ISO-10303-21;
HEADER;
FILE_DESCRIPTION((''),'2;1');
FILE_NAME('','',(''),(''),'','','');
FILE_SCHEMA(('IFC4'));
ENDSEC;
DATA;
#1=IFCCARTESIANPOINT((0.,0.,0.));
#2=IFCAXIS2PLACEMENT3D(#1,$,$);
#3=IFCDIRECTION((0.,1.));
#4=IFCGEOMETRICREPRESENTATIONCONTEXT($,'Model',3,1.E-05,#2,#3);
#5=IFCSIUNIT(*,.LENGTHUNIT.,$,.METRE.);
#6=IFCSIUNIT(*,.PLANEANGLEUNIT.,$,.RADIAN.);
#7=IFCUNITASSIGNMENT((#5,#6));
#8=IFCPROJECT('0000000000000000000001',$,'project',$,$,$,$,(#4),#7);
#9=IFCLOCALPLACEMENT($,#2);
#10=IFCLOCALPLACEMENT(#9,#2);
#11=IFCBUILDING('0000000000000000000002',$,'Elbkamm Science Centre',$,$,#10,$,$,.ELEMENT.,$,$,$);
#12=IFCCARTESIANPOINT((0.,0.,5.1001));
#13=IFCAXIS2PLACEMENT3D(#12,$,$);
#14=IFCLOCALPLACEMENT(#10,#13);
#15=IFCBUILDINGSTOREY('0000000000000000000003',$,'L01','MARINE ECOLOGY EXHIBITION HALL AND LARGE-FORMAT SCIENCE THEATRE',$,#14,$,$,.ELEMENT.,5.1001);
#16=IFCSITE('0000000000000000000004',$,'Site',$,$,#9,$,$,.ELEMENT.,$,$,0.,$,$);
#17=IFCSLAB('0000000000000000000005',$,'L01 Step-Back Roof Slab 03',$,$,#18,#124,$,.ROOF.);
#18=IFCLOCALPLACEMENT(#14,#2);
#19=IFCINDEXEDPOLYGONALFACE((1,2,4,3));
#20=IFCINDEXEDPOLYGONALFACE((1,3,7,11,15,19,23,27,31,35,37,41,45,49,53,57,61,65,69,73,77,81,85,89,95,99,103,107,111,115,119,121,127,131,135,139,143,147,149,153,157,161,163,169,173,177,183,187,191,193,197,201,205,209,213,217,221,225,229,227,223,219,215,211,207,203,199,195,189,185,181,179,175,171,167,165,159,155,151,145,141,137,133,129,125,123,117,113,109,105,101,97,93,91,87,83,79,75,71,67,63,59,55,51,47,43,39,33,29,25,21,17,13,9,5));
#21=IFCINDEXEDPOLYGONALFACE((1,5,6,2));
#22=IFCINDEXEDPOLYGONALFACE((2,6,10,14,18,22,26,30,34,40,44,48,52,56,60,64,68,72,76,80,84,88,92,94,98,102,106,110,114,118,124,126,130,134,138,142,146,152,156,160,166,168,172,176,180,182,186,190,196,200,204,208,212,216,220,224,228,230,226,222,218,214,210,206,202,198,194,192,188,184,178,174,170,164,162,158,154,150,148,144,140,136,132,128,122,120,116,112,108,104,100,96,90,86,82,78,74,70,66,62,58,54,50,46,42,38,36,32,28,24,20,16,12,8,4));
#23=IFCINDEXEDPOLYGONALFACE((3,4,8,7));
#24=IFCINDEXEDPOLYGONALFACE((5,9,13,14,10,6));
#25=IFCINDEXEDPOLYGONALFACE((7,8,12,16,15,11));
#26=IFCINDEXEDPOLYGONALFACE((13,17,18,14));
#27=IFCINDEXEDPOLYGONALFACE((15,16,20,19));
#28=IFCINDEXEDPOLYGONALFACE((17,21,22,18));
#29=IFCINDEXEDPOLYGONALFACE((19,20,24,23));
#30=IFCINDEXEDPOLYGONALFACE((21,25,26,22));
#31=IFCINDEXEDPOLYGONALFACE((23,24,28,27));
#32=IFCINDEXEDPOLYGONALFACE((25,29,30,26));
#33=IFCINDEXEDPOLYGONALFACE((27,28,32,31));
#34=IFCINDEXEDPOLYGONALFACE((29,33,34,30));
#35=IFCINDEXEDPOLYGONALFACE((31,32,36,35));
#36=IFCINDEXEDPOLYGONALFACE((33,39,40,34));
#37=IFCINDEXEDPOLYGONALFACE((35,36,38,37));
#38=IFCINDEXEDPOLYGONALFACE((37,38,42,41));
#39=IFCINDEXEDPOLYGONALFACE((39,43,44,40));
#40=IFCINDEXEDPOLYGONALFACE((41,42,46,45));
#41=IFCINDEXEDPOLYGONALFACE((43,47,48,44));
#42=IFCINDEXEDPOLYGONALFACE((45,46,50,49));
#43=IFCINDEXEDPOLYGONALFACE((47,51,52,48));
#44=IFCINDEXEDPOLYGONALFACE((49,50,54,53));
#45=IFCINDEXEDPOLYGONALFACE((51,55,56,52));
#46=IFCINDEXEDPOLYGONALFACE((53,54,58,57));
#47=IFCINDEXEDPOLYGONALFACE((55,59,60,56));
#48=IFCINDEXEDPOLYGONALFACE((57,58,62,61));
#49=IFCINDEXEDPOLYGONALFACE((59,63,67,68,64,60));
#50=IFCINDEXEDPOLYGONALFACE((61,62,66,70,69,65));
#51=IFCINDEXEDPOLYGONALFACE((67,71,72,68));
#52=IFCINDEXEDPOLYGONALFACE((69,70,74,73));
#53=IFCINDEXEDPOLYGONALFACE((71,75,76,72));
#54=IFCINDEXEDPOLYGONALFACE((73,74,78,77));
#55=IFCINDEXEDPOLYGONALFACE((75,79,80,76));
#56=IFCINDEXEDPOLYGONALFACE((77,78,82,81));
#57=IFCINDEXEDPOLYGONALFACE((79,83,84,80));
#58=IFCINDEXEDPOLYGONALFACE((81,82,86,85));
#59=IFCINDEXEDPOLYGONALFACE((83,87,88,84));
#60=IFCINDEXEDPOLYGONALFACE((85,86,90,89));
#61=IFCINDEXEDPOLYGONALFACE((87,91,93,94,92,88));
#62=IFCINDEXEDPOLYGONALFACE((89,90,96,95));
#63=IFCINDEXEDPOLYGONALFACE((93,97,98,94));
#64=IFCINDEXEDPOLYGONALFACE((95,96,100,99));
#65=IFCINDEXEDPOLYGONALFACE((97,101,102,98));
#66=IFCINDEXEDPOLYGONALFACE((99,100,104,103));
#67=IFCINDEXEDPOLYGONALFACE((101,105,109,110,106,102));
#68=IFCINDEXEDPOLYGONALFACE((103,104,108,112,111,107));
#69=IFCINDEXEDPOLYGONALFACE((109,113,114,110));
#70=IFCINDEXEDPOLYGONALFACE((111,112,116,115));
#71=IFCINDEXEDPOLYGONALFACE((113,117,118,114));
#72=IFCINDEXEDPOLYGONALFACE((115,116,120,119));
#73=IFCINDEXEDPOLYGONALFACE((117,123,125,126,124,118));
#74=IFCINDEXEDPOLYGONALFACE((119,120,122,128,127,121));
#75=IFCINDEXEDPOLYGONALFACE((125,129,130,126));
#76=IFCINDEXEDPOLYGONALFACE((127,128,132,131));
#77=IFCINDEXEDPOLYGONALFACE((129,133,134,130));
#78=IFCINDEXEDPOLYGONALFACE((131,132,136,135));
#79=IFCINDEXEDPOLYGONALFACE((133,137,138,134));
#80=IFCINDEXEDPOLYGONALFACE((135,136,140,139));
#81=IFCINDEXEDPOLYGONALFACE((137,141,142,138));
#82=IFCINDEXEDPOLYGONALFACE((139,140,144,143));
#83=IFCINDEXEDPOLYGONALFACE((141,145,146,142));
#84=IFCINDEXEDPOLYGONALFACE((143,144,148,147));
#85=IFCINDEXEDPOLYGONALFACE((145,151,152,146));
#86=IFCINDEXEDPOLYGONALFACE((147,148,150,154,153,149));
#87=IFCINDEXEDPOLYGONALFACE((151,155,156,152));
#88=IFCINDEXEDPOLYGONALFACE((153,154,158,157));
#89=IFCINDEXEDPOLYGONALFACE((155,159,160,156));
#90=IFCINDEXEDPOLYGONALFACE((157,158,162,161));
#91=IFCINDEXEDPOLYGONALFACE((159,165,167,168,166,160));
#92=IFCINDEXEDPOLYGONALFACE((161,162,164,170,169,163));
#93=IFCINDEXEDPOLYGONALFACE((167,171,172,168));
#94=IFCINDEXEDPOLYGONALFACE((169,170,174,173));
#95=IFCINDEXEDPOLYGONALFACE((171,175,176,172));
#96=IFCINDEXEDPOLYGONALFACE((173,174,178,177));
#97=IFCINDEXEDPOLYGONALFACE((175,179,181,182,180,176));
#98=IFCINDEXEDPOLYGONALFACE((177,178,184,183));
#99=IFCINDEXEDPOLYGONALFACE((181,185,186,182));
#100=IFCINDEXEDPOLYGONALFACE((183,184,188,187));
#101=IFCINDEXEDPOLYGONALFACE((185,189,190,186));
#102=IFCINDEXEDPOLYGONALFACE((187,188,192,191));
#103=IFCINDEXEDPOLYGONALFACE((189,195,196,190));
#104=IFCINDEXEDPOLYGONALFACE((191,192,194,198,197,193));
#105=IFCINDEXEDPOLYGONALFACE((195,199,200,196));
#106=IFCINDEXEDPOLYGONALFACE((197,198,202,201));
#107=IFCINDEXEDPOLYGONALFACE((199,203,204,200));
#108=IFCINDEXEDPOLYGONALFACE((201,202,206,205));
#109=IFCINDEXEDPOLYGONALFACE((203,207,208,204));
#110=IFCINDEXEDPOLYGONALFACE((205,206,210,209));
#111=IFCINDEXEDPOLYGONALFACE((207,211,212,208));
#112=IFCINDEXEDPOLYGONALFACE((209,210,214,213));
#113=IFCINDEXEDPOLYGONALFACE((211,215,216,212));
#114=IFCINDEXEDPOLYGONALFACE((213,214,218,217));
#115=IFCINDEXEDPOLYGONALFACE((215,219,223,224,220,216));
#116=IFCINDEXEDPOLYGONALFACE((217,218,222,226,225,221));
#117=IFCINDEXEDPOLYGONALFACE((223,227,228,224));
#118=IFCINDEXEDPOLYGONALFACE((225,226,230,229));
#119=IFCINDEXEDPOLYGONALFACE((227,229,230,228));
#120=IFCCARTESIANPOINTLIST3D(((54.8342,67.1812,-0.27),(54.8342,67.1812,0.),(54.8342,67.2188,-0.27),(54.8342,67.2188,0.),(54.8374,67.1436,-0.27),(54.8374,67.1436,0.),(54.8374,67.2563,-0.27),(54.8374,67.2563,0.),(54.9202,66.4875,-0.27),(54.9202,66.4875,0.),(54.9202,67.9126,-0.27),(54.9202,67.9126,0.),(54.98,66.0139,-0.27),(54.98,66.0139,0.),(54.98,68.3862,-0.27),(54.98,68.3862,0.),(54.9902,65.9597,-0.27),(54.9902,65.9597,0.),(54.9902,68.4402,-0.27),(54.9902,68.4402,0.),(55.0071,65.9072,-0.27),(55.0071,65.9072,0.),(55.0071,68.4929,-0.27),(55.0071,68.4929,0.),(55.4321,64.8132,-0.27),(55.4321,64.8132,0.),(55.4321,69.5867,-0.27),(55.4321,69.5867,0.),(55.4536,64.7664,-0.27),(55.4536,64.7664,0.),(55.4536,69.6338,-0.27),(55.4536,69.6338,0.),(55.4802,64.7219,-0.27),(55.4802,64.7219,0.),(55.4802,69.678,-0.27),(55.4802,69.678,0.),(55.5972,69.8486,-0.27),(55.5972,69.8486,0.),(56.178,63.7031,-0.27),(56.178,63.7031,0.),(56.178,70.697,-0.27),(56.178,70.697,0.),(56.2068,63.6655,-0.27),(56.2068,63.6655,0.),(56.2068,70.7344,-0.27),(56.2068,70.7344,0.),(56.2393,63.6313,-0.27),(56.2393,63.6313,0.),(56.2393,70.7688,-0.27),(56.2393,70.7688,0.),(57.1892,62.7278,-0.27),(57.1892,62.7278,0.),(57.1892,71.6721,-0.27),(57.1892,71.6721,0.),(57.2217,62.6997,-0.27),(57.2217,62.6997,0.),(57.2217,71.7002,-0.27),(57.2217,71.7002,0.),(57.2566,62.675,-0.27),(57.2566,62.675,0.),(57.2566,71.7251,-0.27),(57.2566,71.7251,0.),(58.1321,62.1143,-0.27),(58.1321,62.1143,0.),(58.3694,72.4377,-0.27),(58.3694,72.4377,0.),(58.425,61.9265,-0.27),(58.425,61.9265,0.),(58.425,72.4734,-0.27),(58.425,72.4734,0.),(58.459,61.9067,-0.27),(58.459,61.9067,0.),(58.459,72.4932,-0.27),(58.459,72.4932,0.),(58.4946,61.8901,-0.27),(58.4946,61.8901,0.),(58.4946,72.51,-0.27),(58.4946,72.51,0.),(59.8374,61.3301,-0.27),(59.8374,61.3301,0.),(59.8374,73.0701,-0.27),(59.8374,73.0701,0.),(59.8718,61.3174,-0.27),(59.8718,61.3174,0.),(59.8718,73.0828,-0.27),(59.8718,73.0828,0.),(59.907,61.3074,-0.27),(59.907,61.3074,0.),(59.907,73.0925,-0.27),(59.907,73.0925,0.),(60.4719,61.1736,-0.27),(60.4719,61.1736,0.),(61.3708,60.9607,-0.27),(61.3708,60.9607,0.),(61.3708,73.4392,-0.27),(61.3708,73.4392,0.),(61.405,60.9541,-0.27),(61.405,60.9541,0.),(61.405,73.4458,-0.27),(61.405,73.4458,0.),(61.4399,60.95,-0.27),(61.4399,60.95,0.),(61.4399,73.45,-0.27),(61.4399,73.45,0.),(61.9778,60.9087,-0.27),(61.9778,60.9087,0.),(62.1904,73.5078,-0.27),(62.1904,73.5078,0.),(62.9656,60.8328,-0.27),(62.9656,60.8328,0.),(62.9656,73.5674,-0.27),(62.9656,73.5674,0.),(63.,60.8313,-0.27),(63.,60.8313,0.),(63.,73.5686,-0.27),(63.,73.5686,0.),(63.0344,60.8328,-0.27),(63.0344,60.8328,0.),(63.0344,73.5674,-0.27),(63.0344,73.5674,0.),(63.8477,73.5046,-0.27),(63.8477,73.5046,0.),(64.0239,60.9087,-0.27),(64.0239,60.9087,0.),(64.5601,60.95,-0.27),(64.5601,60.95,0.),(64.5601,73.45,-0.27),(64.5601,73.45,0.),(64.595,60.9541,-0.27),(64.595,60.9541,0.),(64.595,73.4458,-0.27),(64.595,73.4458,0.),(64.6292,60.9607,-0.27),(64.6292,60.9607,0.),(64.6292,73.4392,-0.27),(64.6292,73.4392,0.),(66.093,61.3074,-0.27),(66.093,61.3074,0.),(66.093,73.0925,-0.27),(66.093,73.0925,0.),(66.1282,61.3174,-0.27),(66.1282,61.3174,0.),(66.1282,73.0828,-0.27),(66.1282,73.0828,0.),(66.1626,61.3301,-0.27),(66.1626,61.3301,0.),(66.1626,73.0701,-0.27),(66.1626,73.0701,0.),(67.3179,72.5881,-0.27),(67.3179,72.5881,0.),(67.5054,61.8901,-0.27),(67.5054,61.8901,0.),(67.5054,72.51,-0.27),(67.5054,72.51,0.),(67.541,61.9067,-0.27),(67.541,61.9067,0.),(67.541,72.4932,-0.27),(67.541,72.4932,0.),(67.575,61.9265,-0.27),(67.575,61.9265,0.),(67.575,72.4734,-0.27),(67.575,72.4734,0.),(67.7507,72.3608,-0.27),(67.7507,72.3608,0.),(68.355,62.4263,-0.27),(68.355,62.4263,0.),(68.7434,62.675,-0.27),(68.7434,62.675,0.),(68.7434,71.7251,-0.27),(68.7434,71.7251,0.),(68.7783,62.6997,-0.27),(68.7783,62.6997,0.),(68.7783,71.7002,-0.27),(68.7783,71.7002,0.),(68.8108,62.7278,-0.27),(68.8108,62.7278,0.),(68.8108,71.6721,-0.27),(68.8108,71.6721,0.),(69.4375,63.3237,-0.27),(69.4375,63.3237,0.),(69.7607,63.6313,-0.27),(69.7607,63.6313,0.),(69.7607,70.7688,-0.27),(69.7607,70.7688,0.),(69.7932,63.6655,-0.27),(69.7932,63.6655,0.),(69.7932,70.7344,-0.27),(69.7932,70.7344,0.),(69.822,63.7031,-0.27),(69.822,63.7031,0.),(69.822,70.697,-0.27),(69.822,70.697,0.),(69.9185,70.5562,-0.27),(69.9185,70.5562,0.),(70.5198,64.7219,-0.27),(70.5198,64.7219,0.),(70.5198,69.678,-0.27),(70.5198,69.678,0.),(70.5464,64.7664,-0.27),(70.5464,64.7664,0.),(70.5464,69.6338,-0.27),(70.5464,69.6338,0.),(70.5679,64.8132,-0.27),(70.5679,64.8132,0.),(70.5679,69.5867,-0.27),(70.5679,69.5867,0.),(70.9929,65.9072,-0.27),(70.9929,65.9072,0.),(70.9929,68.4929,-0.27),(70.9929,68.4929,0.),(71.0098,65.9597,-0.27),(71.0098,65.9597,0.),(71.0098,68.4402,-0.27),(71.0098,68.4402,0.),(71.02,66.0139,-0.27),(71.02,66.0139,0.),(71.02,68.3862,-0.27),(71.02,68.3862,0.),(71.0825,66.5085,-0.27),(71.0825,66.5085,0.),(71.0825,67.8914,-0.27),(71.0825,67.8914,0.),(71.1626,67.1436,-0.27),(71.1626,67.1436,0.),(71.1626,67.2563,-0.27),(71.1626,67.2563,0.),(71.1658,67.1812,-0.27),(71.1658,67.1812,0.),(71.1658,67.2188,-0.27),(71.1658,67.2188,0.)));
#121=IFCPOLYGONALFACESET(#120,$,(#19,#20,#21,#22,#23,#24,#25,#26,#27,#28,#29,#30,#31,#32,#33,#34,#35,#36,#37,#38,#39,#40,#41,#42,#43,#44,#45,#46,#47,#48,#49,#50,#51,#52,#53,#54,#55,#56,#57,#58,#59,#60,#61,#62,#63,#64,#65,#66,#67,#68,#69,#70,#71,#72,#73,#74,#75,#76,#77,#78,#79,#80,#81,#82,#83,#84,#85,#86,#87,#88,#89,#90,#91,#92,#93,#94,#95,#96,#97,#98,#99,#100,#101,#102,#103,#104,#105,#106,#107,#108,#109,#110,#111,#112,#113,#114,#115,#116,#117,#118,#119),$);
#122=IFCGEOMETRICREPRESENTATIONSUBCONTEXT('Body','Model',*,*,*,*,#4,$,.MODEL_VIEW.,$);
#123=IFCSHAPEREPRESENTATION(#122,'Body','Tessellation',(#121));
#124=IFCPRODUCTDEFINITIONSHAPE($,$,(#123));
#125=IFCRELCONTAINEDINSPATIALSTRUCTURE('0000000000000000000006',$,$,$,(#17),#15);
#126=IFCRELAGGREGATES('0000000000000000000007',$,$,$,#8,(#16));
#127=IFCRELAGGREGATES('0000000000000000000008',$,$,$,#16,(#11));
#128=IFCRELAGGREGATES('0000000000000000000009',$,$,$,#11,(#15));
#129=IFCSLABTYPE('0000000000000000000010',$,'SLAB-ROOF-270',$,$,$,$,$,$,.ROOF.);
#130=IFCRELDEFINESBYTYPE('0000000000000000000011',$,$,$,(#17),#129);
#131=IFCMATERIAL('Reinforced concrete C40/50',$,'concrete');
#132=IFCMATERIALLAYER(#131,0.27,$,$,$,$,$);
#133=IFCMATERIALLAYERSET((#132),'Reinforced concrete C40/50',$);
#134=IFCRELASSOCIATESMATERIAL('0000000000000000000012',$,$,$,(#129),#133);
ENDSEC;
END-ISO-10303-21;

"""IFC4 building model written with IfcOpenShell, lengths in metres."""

from ifc_helpers import new_model, si_unit, direction, frame, origin, place, context, subcontext, project, spatial, polyline, outline, extrude, material, layer, layer_set, type_object, element, save


model = new_model("IFC4")

# Units and contexts
model_context = context("Model", 3, precision=1e-05, world=origin(), true_north=direction((0.0, 1.0)))
body_context = subcontext(model_context, "Body", "Model", "MODEL_VIEW")
ifc_project = project(units=[si_unit("LENGTHUNIT", "METRE"), si_unit("PLANEANGLEUNIT", "RADIAN")], contexts=[model_context])

# Site, building, storey
site_placement = place(None, origin())
site = spatial("IfcSite", under=ifc_project, at=site_placement, Name="Site", CompositionType="ELEMENT", RefElevation=0.0)
building_placement = place(site_placement, origin())
building = spatial("IfcBuilding", under=site, at=building_placement, Name="Elbkamm Science Centre", CompositionType="ELEMENT")
storey_placement = place(building_placement, frame((0.0, 0.0, 5.1001)))
storey = spatial("IfcBuildingStorey", under=building, at=storey_placement, Name="L01", Description="MARINE ECOLOGY EXHIBITION HALL AND LARGE-FORMAT SCIENCE THEATRE", CompositionType="ELEMENT", Elevation=5.1001)

# Shared definitions
ifc_material_1 = material(Name="Reinforced concrete C40/50", Category="concrete")

# Slab
ifc_layer_1 = layer(ifc_material_1, 0.27)
ifc_layer_set_1 = layer_set([ifc_layer_1], Name="Reinforced concrete C40/50")
slab_type_1 = type_object("IfcSlabType", Name="SLAB-ROOF-270", PredefinedType="ROOF", material=ifc_layer_set_1)
slab_1_placement = place(storey_placement, frame((0.0, 0.0, -0.27)))
element("IfcSlab", 1, at=slab_1_placement, inside=storey, type_object=slab_type_1, Name="L01 Step-Back Roof Slab 03", PredefinedType="ROOF", context=body_context, shape_type="SweptSolid", body=[
    extrude(outline(polyline([(55.4321, 64.8132), (55.0071, 65.9072), (54.9902, 65.9597), (54.98, 66.0139), (54.9202, 66.4875), (54.8374, 67.1436), (54.8342, 67.1812), (54.8342, 67.2188), (54.8374, 67.2563), (54.9202, 67.9126), (54.98, 68.3862), (54.9902, 68.4402), (55.0071, 68.4929), (55.4321, 69.5867), (55.4536, 69.6338), (55.4802, 69.678), (55.5972, 69.8486), (56.178, 70.697), (56.2068, 70.7344), (56.2393, 70.7688), (57.1892, 71.6721), (57.2217, 71.7002), (57.2566, 71.7251), (58.3694, 72.4377), (58.425, 72.4734), (58.459, 72.4932), (58.4946, 72.51), (59.8374, 73.0701), (59.8718, 73.0828), (59.907, 73.0925), (61.3708, 73.4392), (61.405, 73.4458), (61.4399, 73.45), (62.1904, 73.5078), (62.9656, 73.5674), (63.0, 73.5686), (63.0344, 73.5674), (63.8477, 73.5046), (64.5601, 73.45), (64.595, 73.4458), (64.6292, 73.4392), (66.093, 73.0925), (66.1282, 73.0828), (66.1626, 73.0701), (67.3179, 72.5881), (67.5054, 72.51), (67.541, 72.4932), (67.575, 72.4734), (67.7507, 72.3608), (68.7434, 71.7251), (68.7783, 71.7002), (68.8108, 71.6721), (69.7607, 70.7688), (69.7932, 70.7344), (69.822, 70.697), (69.9185, 70.5562), (70.5198, 69.678), (70.5464, 69.6338), (70.5679, 69.5867), (70.9929, 68.4929), (71.0098, 68.4402), (71.02, 68.3862), (71.0825, 67.8914), (71.1626, 67.2563), (71.1658, 67.2188), (71.1658, 67.1812), (71.1626, 67.1436), (71.0825, 66.5085), (71.02, 66.0139), (71.0098, 65.9597), (70.9929, 65.9072), (70.5679, 64.8132), (70.5464, 64.7664), (70.5198, 64.7219), (69.822, 63.7031), (69.7932, 63.6655), (69.7607, 63.6313), (69.4375, 63.3237), (68.8108, 62.7278), (68.7783, 62.6997), (68.7434, 62.675), (68.355, 62.4263), (67.575, 61.9265), (67.541, 61.9067), (67.5054, 61.8901), (66.1626, 61.3301), (66.1282, 61.3174), (66.093, 61.3074), (64.6292, 60.9607), (64.595, 60.9541), (64.5601, 60.95), (64.0239, 60.9087), (63.0344, 60.8328), (63.0, 60.8313), (62.9656, 60.8328), (61.9778, 60.9087), (61.4399, 60.95), (61.405, 60.9541), (61.3708, 60.9607), (60.4719, 61.1736), (59.907, 61.3074), (59.8718, 61.3174), (59.8374, 61.3301), (58.4946, 61.8901), (58.459, 61.9067), (58.425, 61.9265), (58.1321, 62.1143), (57.2566, 62.675), (57.2217, 62.6997), (57.1892, 62.7278), (56.2393, 63.6313), (56.2068, 63.6655), (56.178, 63.7031), (55.4802, 64.7219), (55.4536, 64.7664), (55.4321, 64.8132)])), origin(), (0.0, 0.0, 1.0), 0.27),
])

save(model, "model.ifc")
